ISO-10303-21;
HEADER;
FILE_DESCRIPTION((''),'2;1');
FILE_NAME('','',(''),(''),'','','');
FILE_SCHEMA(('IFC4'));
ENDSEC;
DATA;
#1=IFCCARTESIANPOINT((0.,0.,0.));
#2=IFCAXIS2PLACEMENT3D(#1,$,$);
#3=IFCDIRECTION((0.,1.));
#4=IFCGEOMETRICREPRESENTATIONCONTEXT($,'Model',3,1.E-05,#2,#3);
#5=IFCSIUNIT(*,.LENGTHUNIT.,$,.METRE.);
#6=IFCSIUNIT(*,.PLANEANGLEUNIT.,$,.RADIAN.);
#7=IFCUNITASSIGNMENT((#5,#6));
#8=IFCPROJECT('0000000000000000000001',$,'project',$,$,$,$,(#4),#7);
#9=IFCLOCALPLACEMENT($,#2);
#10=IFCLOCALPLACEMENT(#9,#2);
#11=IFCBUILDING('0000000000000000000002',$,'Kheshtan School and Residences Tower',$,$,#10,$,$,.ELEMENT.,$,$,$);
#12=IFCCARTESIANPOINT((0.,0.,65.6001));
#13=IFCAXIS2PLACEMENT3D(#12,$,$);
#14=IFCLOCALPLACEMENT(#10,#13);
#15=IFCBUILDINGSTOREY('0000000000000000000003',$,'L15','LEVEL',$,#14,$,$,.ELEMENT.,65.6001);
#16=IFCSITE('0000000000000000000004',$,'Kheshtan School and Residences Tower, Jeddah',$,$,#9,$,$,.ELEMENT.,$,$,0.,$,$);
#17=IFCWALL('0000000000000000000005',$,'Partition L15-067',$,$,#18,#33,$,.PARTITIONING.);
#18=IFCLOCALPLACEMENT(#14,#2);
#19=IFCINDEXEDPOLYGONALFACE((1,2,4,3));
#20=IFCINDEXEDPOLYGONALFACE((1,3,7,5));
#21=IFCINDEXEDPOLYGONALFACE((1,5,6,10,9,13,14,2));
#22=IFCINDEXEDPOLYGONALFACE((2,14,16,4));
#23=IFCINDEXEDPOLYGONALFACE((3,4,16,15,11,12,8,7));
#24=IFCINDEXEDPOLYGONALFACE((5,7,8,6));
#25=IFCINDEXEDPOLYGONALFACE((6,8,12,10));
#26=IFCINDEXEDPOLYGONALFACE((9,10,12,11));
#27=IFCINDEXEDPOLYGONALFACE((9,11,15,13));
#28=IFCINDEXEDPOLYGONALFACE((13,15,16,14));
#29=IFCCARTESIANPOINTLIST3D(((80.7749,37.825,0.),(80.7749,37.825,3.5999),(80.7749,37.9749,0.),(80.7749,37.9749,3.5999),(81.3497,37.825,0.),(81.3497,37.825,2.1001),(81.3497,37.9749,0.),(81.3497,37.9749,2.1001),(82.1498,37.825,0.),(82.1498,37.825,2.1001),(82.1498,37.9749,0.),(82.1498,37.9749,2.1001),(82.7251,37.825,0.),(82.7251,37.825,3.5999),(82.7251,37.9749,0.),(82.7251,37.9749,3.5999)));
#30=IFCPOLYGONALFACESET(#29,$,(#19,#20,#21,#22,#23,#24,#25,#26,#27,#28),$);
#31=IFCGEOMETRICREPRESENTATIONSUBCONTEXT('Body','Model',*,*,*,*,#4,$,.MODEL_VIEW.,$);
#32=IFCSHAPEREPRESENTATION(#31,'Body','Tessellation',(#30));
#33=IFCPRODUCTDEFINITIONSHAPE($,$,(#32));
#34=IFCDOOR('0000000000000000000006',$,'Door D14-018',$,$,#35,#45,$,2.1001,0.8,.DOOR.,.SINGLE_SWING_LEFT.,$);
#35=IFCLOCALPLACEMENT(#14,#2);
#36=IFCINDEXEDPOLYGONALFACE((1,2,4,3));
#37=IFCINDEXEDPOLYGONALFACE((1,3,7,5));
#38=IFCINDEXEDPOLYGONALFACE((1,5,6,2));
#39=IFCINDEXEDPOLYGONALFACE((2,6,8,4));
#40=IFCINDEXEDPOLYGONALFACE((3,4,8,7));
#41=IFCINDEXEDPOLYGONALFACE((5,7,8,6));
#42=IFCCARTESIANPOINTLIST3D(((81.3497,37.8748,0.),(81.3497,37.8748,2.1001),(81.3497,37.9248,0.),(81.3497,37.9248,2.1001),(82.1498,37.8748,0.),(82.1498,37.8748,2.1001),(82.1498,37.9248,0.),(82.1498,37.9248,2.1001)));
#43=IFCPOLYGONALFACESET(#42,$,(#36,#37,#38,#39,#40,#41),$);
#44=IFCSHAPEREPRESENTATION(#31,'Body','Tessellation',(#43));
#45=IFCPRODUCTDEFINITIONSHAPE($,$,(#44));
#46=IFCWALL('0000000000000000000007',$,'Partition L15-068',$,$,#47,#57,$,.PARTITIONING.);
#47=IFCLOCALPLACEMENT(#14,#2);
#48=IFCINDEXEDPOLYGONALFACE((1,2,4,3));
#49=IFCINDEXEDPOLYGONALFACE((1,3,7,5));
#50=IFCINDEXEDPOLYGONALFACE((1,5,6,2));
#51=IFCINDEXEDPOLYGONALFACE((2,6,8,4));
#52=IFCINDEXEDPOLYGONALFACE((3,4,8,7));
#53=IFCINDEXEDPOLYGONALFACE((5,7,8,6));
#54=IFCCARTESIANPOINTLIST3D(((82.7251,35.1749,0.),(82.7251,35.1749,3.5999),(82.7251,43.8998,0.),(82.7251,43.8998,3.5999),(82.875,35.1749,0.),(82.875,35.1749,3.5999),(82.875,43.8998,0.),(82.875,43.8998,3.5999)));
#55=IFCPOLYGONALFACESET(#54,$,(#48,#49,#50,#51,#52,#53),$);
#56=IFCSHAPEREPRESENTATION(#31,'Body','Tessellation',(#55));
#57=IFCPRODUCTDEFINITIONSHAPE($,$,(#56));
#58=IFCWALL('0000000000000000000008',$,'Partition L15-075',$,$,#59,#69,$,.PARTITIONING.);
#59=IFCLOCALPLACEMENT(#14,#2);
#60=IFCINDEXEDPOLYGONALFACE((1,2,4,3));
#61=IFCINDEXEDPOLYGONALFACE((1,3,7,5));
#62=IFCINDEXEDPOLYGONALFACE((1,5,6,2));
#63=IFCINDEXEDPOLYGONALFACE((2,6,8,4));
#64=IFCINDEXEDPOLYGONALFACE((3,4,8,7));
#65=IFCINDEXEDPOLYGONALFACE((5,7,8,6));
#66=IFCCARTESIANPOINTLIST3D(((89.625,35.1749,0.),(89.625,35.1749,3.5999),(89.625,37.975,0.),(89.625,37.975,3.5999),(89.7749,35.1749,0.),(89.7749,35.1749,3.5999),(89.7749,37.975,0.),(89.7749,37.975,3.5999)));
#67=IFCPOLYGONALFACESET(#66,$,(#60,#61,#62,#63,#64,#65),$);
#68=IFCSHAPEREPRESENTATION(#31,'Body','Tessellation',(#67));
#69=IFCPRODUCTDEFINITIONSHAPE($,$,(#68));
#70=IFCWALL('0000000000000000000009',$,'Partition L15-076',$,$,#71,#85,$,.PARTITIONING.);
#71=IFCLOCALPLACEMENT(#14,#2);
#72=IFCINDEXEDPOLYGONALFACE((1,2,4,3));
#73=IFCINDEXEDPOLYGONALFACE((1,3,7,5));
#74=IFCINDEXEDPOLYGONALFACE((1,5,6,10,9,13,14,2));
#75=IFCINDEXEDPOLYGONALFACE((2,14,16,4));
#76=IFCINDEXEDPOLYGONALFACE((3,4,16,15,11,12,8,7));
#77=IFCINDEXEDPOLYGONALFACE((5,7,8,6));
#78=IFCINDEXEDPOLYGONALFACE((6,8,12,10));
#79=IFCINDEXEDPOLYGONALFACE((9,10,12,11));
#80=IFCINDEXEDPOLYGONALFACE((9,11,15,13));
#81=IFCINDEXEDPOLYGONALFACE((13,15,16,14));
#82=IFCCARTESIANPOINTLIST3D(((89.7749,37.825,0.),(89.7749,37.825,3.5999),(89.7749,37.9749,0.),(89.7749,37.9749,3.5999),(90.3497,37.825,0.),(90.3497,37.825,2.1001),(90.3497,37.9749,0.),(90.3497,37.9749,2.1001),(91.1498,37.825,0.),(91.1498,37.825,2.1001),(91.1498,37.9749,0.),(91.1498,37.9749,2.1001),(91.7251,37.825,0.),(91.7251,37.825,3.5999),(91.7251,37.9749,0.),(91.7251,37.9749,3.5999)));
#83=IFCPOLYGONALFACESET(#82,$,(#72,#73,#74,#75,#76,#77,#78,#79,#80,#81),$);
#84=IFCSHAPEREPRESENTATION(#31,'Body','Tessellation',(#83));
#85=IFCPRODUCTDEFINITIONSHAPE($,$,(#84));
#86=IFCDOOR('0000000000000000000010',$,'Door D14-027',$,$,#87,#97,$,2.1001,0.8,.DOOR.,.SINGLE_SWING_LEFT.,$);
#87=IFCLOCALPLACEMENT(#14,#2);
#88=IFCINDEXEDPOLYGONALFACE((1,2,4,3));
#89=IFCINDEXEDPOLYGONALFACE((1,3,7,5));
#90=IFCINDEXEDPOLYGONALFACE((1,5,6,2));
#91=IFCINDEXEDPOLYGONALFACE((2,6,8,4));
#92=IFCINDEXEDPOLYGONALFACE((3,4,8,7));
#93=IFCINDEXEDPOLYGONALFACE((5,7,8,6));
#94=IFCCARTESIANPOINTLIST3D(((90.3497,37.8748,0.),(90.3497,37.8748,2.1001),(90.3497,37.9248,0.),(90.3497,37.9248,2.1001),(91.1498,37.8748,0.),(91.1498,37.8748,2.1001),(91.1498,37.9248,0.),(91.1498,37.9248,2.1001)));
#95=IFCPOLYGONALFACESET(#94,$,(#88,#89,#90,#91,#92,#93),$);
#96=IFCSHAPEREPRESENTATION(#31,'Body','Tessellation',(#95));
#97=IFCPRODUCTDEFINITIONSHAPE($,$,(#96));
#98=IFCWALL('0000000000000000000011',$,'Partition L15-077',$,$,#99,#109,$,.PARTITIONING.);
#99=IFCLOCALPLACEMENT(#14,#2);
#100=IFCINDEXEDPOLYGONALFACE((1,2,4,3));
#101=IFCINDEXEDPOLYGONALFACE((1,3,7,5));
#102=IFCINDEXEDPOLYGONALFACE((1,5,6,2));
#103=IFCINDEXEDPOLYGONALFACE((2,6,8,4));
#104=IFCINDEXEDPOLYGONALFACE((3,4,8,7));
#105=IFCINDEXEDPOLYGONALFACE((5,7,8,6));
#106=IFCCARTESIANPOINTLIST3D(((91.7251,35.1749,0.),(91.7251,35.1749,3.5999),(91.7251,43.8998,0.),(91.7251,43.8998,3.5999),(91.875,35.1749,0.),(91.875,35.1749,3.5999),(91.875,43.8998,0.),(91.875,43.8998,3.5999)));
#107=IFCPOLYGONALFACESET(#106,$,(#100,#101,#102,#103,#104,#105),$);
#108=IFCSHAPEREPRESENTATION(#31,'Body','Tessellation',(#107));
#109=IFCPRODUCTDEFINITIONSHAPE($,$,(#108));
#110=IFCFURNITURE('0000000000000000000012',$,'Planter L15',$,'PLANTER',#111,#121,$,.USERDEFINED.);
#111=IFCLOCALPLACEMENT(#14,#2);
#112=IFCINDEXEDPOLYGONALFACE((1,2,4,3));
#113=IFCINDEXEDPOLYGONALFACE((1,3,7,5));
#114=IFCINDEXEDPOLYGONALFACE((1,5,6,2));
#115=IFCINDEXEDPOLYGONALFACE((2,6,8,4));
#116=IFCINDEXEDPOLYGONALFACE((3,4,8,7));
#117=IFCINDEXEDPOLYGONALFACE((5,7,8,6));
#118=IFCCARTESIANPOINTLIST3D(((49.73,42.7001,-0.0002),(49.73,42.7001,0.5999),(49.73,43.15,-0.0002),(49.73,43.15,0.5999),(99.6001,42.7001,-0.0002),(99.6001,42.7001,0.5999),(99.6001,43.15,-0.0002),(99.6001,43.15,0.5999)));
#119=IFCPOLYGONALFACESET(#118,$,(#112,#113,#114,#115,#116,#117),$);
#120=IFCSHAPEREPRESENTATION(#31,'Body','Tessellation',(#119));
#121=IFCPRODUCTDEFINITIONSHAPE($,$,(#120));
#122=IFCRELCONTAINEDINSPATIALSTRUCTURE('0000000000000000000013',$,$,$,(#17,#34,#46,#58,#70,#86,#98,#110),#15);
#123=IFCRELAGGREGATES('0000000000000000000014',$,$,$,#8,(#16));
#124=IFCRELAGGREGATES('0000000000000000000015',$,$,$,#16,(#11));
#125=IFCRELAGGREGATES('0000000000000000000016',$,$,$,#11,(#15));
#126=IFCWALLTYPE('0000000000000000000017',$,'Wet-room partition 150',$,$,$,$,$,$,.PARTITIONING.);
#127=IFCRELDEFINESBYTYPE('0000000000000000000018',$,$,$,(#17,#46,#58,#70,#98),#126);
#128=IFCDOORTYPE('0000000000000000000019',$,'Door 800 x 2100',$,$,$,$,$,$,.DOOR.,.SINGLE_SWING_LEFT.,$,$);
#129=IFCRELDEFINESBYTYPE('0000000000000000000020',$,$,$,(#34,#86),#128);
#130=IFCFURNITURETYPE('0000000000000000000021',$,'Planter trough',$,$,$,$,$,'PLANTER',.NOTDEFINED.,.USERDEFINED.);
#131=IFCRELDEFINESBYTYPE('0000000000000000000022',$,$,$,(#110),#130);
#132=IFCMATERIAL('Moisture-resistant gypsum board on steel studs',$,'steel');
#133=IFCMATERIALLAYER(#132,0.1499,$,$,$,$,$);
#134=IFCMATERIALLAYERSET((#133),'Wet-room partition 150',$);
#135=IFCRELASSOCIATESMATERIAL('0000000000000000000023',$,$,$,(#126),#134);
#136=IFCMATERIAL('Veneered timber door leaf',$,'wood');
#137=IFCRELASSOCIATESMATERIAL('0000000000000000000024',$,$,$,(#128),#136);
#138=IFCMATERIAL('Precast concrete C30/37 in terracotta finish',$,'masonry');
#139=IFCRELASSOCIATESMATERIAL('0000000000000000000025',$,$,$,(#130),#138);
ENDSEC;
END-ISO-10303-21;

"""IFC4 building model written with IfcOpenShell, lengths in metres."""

from ifc_helpers import new_model, si_unit, direction, frame, frame_2d, origin, origin_2d, place, context, subcontext, project, spatial, rectangle, extrude, source, transform, mapped, material, layer, layer_set, type_object, element, fill, save


model = new_model("IFC4")

# Units and contexts
model_context = context("Model", 3, precision=1e-05, world=origin(), true_north=direction((0.0, 1.0)))
body_context = subcontext(model_context, "Body", "Model", "MODEL_VIEW")
ifc_project = project(units=[si_unit("LENGTHUNIT", "METRE"), si_unit("PLANEANGLEUNIT", "RADIAN")], contexts=[model_context])

# Site, building, storey
site_placement = place(None, origin())
site = spatial("IfcSite", under=ifc_project, at=site_placement, Name="Kheshtan School and Residences Tower, Jeddah", CompositionType="ELEMENT", RefElevation=0.0)
building_placement = place(site_placement, origin())
building = spatial("IfcBuilding", under=site, at=building_placement, Name="Kheshtan School and Residences Tower", CompositionType="ELEMENT")
storey_placement = place(building_placement, frame((0.0, 0.0, 65.6001)))
storey = spatial("IfcBuildingStorey", under=building, at=storey_placement, Name="L15", Description="LEVEL", CompositionType="ELEMENT", Elevation=65.6001)

# Shared definitions
ifc_material_1 = material(Name="Moisture-resistant gypsum board on steel studs", Category="steel")
ifc_layer_1 = layer(ifc_material_1, 0.1499)
ifc_layer_set_1 = layer_set([ifc_layer_1], Name="Wet-room partition 150")
wall_type_1 = type_object("IfcWallType", Name="Wet-room partition 150", PredefinedType="PARTITIONING", material=ifc_layer_set_1)

# Wall, opening, door
wall_1_placement = place(storey_placement, frame((80.7749, 37.8999, 0.0), z_axis=(0.0, 0.0, 1.0), x_axis=(1.0, 0.0, 0.0)))
wall_1 = element("IfcWall", 1, at=wall_1_placement, inside=storey, type_object=wall_type_1, Name="Partition L15-067", PredefinedType="PARTITIONING", context=body_context, shape_type="SweptSolid", body=[
    extrude(rectangle(XDim=1.9502, YDim=0.1499, at=frame_2d((0.9751, 0.0))), origin(), (0.0, 0.0, 1.0), 3.5999),
])
opening_1_placement = place(wall_1_placement, frame((0.575, 0.0, 0.0)))
opening_1 = element("IfcOpeningElement", 2, at=opening_1_placement, cuts=wall_1, PredefinedType="OPENING", context=body_context, shape_type="SweptSolid", body=[
    extrude(rectangle(XDim=0.8, YDim=2.1001, at=frame_2d((0.3999, 1.05))), frame((0.0, 0.085, 0.0), z_axis=(0.0, -1.0, 0.0), x_axis=(1.0, 0.0, 0.0)), (0.0, 0.0, 1.0), 0.1699),
])
ifc_material_2 = material(Name="Veneered timber door leaf", Category="wood")
door_type_1 = type_object("IfcDoorType", Name="Door 800 x 2100", OperationType="SINGLE_SWING_LEFT", PredefinedType="DOOR", material=ifc_material_2)
shared_shape_1 = source(origin(), body_context, "Body", "SweptSolid", [
    extrude(rectangle(XDim=0.8, YDim=2.1001, at=frame_2d((0.3999, 1.05))), frame((0.0, 0.0249, 0.0), z_axis=(0.0, -1.0, 0.0), x_axis=(1.0, 0.0, 0.0)), (0.0, 0.0, 1.0), 0.05),
])
door_1_placement = place(opening_1_placement, origin())
door_1 = element("IfcDoor", 3, at=door_1_placement, inside=storey, type_object=door_type_1, Name="Door D14-018", OperationType="SINGLE_SWING_LEFT", OverallHeight=2.1001, OverallWidth=0.8, PredefinedType="DOOR", context=body_context, shape_type="MappedRepresentation", body=[
    mapped(shared_shape_1, transform((0.0, 0.0, 0.0), x_axis=(1.0, 0.0, 0.0), y_axis=(0.0, 1.0, 0.0), z_axis=(0.0, 0.0, 1.0), scale=1.0)),
])
fill(opening_1, door_1)

# Walls
wall_2_placement = place(storey_placement, frame((82.8, 35.175, 0.0), z_axis=(0.0, 0.0, 1.0), x_axis=(0.0, 1.0, 0.0)))
element("IfcWall", 4, at=wall_2_placement, inside=storey, type_object=wall_type_1, Name="Partition L15-068", PredefinedType="PARTITIONING", context=body_context, shape_type="SweptSolid", body=[
    extrude(rectangle(XDim=8.7249, YDim=0.1499, at=frame_2d((4.3623, 0.0))), origin(), (0.0, 0.0, 1.0), 3.5999),
])
wall_3_placement = place(storey_placement, frame((89.7, 35.175, 0.0), z_axis=(0.0, 0.0, 1.0), x_axis=(0.0, 1.0, 0.0)))
element("IfcWall", 5, at=wall_3_placement, inside=storey, type_object=wall_type_1, Name="Partition L15-075", PredefinedType="PARTITIONING", context=body_context, shape_type="SweptSolid", body=[
    extrude(rectangle(XDim=2.8, YDim=0.1499, at=frame_2d((1.3999, 0.0))), origin(), (0.0, 0.0, 1.0), 3.5999),
])

# Wall, opening, door
wall_4_placement = place(storey_placement, frame((89.7749, 37.8999, 0.0), z_axis=(0.0, 0.0, 1.0), x_axis=(1.0, 0.0, 0.0)))
wall_4 = element("IfcWall", 6, at=wall_4_placement, inside=storey, type_object=wall_type_1, Name="Partition L15-076", PredefinedType="PARTITIONING", context=body_context, shape_type="SweptSolid", body=[
    extrude(rectangle(XDim=1.9502, YDim=0.1499, at=frame_2d((0.9751, 0.0))), origin(), (0.0, 0.0, 1.0), 3.5999),
])
opening_2_placement = place(wall_4_placement, frame((0.575, 0.0, 0.0)))
opening_2 = element("IfcOpeningElement", 7, at=opening_2_placement, cuts=wall_4, PredefinedType="OPENING", context=body_context, shape_type="SweptSolid", body=[
    extrude(rectangle(XDim=0.8, YDim=2.1001, at=frame_2d((0.3999, 1.05))), frame((0.0, 0.085, 0.0), z_axis=(0.0, -1.0, 0.0), x_axis=(1.0, 0.0, 0.0)), (0.0, 0.0, 1.0), 0.1699),
])
door_2_placement = place(opening_2_placement, origin())
door_2 = element("IfcDoor", 8, at=door_2_placement, inside=storey, type_object=door_type_1, Name="Door D14-027", OperationType="SINGLE_SWING_LEFT", OverallHeight=2.1001, OverallWidth=0.8, PredefinedType="DOOR", context=body_context, shape_type="MappedRepresentation", body=[
    mapped(shared_shape_1, transform((0.0, 0.0, 0.0), x_axis=(1.0, 0.0, 0.0), y_axis=(0.0, 1.0, 0.0), z_axis=(0.0, 0.0, 1.0), scale=1.0)),
])
fill(opening_2, door_2)

# Wall
wall_5_placement = place(storey_placement, frame((91.8, 35.175, 0.0), z_axis=(0.0, 0.0, 1.0), x_axis=(0.0, 1.0, 0.0)))
element("IfcWall", 9, at=wall_5_placement, inside=storey, type_object=wall_type_1, Name="Partition L15-077", PredefinedType="PARTITIONING", context=body_context, shape_type="SweptSolid", body=[
    extrude(rectangle(XDim=8.7249, YDim=0.1499, at=frame_2d((4.3623, 0.0))), origin(), (0.0, 0.0, 1.0), 3.5999),
])

# Furniture
ifc_material_3 = material(Name="Precast concrete C30/37 in terracotta finish", Category="masonry")
furniture_type = type_object("IfcFurnitureType", Name="Planter trough", ElementType="PLANTER", AssemblyPlace="NOTDEFINED", PredefinedType="USERDEFINED", material=ifc_material_3)
furniture_placement = place(storey_placement, frame((74.665, 42.925, -0.0002), z_axis=(0.0, 0.0, 1.0), x_axis=(1.0, 0.0, 0.0)))
element("IfcFurniture", 10, at=furniture_placement, inside=storey, type_object=furniture_type, Name="Planter L15", ObjectType="PLANTER", PredefinedType="USERDEFINED", context=body_context, shape_type="SweptSolid", body=[
    extrude(rectangle(XDim=49.8701, YDim=0.45, at=origin_2d()), origin(), (0.0, 0.0, 1.0), 0.6001),
])

save(model, "model.ifc")
